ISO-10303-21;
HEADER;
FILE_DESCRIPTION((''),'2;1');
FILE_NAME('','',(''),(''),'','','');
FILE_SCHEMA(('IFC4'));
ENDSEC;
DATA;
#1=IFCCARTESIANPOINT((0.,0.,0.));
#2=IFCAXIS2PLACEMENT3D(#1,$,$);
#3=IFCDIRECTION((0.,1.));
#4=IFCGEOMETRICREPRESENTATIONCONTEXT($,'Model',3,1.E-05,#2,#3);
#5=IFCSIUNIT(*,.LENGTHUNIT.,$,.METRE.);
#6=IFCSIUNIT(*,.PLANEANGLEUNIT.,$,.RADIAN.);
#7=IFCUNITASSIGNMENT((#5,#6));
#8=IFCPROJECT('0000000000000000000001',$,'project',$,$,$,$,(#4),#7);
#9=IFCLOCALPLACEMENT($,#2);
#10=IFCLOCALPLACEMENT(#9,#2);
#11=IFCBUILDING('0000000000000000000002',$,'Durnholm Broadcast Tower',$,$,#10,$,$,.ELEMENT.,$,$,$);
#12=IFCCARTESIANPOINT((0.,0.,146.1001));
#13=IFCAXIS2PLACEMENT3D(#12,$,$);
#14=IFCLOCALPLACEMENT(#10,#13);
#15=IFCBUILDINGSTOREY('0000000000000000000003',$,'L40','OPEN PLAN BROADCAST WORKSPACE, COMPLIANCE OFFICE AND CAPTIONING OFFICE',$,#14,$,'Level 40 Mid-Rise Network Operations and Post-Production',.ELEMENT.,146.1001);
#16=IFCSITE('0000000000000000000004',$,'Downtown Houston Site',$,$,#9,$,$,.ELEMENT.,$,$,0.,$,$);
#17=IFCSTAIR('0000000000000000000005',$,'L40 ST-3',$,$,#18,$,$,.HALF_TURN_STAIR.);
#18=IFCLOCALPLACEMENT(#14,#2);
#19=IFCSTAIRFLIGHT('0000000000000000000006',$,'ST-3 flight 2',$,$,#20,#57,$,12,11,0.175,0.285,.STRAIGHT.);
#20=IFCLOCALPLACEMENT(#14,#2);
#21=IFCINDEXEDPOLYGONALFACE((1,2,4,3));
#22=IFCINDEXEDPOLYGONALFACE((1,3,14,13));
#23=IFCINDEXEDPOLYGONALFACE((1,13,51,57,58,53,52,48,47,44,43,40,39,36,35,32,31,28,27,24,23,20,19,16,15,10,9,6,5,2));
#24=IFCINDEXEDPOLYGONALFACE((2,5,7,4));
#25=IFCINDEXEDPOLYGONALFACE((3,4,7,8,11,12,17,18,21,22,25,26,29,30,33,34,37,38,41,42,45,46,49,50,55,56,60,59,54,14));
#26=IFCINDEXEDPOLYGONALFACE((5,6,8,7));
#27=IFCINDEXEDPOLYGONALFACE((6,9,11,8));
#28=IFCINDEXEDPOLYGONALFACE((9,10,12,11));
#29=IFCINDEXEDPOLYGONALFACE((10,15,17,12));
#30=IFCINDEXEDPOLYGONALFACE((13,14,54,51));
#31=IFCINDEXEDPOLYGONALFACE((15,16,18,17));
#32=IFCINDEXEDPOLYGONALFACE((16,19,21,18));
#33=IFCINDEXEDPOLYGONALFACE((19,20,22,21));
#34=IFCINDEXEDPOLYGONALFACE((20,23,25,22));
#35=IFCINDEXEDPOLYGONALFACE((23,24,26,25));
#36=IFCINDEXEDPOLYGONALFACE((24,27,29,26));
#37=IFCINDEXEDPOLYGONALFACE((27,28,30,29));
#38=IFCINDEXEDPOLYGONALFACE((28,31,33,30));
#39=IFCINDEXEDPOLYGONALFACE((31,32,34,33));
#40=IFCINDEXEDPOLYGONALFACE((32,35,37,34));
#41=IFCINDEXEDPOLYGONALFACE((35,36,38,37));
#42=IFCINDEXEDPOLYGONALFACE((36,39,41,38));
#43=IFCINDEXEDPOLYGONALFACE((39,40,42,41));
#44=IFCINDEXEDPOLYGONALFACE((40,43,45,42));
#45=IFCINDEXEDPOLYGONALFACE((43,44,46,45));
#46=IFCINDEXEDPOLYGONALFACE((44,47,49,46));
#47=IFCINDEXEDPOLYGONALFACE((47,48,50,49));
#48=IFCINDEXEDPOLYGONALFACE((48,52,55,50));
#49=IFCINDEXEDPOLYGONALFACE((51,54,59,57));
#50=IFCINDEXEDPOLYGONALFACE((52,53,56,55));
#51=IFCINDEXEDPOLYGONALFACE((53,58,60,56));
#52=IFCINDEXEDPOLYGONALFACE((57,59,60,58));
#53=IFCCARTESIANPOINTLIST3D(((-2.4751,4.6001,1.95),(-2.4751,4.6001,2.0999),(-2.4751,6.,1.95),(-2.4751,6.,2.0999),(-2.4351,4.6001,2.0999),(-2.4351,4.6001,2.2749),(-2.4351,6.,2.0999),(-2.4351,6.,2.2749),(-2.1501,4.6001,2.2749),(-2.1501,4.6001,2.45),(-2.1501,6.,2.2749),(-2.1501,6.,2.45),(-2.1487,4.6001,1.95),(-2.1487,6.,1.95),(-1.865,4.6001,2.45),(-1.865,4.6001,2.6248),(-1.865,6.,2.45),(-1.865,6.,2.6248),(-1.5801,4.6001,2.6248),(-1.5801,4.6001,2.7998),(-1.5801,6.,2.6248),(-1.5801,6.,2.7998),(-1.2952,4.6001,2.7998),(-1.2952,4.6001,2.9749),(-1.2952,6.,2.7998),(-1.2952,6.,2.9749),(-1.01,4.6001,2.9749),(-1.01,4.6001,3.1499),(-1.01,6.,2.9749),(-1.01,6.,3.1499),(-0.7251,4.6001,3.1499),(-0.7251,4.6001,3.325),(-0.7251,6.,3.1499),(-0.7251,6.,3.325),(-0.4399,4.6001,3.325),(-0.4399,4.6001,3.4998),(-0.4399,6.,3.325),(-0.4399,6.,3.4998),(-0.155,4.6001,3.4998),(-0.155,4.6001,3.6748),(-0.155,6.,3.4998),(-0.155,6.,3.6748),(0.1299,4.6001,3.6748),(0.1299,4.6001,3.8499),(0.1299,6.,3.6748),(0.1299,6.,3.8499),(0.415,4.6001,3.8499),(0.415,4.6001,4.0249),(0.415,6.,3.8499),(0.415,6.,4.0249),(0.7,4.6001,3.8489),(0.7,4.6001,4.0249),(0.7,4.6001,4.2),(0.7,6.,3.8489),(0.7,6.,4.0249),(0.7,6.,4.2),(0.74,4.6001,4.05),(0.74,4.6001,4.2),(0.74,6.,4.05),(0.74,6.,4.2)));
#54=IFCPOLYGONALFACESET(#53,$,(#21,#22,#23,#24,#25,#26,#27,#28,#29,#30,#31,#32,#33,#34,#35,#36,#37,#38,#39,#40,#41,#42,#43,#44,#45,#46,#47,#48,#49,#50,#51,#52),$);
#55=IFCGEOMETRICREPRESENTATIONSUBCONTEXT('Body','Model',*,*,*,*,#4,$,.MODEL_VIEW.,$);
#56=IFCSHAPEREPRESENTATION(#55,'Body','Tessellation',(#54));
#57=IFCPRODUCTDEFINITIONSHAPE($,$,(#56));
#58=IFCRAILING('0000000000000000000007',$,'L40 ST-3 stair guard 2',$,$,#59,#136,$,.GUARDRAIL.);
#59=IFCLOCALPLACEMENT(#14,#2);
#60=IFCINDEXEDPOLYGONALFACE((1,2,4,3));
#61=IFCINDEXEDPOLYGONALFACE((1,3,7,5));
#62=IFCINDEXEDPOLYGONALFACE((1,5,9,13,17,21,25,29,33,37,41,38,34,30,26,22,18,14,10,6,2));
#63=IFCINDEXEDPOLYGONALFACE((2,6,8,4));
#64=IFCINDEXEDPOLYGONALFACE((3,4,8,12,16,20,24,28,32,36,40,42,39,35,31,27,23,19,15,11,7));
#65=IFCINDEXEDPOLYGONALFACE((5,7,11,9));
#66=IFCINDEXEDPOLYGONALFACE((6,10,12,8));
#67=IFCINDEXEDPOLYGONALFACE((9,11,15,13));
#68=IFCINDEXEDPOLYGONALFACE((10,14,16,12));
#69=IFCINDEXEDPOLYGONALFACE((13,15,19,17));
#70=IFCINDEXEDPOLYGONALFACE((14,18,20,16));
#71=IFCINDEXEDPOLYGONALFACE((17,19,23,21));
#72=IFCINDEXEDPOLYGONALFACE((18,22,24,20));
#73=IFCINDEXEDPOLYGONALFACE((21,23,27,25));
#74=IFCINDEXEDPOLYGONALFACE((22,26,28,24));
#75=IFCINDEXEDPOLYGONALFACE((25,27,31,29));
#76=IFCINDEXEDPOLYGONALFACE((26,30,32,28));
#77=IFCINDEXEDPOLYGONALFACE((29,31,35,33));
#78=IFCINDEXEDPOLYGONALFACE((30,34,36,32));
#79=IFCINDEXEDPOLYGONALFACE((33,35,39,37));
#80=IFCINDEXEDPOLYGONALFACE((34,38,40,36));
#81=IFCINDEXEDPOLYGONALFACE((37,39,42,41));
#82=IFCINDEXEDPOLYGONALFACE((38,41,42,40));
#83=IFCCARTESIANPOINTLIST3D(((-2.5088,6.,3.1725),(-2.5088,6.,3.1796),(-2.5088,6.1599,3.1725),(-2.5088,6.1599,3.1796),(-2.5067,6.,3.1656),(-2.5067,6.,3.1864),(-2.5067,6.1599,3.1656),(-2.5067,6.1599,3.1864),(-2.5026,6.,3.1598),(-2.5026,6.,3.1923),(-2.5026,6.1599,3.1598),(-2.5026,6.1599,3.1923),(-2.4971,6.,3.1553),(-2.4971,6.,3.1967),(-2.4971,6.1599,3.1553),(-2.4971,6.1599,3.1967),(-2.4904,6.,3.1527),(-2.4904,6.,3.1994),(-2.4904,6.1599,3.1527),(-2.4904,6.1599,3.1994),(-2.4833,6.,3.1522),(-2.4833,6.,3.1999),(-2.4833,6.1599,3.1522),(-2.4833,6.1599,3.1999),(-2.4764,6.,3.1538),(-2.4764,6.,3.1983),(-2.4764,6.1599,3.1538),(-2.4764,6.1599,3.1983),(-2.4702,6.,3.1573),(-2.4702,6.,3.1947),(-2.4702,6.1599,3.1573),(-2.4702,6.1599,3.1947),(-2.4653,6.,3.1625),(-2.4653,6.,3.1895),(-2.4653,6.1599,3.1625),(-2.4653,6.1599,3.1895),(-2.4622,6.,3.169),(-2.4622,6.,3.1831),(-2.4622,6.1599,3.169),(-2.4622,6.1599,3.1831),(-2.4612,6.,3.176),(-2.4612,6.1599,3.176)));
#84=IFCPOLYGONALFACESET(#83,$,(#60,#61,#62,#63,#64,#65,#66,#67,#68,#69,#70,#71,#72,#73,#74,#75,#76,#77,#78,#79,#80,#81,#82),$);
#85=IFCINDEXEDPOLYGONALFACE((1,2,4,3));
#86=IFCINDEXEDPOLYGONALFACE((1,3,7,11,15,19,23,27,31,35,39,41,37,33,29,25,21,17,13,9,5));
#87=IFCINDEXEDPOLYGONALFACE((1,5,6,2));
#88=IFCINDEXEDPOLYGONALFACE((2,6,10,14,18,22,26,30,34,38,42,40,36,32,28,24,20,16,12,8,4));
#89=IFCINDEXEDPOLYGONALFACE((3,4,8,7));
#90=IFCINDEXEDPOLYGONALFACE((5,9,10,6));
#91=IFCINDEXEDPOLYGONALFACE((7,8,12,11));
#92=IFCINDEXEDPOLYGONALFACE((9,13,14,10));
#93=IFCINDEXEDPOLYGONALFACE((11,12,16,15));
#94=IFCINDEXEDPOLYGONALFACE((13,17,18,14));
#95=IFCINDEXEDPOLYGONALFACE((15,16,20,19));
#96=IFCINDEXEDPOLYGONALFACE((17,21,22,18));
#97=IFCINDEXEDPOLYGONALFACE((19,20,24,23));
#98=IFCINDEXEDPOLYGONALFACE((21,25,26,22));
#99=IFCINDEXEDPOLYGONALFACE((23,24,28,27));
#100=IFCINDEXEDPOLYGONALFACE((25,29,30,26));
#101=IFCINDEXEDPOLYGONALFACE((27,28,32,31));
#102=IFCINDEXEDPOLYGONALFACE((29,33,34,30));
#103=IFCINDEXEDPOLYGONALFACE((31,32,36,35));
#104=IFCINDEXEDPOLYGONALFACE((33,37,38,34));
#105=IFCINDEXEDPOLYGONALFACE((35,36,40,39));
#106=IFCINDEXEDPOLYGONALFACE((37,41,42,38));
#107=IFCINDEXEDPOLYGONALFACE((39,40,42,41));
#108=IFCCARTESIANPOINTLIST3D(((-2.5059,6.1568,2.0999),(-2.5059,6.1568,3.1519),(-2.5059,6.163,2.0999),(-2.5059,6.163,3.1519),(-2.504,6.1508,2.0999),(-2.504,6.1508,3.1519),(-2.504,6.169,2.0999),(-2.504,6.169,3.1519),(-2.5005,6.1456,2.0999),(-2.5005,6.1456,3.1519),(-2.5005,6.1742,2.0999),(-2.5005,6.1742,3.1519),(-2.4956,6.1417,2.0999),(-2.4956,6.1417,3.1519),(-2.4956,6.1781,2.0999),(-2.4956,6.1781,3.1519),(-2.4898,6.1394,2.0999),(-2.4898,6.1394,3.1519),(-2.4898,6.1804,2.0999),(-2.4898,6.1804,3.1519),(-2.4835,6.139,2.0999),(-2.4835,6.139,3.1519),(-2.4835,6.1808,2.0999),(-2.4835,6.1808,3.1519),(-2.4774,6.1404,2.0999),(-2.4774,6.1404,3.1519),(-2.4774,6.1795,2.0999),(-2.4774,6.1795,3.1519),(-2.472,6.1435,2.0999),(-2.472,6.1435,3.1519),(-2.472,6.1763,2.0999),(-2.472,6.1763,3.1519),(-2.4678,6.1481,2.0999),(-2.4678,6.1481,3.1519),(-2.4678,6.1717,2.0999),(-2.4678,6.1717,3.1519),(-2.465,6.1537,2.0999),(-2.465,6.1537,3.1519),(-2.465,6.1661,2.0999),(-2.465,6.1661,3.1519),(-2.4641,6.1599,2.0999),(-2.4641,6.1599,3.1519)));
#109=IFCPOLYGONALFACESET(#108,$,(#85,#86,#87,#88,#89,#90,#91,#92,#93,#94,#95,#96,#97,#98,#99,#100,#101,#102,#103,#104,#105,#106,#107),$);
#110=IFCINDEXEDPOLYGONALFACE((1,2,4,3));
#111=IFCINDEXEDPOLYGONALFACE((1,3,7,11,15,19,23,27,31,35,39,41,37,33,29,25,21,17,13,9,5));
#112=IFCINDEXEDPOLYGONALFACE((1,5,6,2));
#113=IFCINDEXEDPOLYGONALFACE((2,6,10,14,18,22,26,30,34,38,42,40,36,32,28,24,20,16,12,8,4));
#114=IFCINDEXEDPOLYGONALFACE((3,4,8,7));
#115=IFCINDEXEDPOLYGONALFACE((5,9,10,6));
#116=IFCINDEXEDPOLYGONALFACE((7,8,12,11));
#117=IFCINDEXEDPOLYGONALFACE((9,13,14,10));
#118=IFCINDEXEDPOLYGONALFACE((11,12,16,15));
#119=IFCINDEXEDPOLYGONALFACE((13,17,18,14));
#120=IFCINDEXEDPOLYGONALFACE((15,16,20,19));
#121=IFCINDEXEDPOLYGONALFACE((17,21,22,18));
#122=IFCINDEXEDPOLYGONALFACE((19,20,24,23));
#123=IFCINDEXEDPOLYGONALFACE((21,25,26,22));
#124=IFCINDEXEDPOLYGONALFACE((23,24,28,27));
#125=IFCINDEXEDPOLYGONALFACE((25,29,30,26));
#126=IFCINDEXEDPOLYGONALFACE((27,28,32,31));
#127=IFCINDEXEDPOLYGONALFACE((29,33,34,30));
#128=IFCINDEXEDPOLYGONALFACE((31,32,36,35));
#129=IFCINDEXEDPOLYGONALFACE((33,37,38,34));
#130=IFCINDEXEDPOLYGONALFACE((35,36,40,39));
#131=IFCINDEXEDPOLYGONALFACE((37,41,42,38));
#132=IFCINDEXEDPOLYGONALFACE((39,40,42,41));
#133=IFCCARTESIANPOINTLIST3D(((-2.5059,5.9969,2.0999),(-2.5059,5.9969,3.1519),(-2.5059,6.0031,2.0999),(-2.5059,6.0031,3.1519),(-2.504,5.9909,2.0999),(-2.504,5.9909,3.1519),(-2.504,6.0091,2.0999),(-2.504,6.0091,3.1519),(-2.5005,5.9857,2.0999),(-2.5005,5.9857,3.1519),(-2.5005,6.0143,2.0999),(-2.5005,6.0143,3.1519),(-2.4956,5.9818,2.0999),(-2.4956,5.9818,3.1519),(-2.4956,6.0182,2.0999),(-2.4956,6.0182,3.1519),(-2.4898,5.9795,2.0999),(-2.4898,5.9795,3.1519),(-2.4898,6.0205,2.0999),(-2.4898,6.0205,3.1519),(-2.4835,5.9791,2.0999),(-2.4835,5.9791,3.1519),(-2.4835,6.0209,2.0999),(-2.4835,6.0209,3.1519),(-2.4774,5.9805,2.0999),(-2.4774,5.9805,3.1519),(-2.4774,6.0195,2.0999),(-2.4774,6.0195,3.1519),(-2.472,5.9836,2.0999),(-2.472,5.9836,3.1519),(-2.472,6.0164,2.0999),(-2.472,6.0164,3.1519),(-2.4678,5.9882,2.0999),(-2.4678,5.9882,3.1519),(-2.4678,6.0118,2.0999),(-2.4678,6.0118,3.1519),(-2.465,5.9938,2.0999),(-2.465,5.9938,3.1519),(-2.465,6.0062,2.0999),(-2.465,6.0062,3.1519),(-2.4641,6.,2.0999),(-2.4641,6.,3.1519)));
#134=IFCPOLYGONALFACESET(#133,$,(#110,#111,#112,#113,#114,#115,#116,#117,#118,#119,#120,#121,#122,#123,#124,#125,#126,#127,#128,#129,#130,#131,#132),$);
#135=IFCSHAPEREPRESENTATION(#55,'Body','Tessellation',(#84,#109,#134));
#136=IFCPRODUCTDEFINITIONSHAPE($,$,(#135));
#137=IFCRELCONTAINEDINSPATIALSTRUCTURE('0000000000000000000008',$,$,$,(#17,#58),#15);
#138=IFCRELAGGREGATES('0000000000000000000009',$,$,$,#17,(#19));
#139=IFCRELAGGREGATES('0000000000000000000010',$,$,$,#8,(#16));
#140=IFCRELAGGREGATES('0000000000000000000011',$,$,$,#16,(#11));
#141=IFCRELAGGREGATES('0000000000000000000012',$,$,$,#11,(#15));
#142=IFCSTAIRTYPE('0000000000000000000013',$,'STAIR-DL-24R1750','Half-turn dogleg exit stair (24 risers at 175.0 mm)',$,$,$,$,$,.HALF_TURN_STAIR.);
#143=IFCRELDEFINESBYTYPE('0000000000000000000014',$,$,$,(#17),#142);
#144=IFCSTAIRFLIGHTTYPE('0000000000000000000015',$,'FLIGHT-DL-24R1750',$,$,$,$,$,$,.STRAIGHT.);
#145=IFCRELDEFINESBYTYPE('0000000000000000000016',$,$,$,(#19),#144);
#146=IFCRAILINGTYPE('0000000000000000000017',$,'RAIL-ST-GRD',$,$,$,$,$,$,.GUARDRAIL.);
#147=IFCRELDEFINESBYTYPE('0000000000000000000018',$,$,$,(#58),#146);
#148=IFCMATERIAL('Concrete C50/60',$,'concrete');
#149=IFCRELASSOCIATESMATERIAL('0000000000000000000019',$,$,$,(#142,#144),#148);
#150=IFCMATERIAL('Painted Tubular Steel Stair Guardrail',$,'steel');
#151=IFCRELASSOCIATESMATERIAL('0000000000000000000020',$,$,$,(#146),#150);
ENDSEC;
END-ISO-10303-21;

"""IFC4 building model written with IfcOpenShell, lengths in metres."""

from ifc_helpers import new_model, si_unit, direction, frame, origin, origin_2d, place, context, subcontext, project, spatial, polyline, circle, outline, extrude, material, type_object, element, aggregate, save


model = new_model("IFC4")

# Units and contexts
model_context = context("Model", 3, precision=1e-05, world=origin(), true_north=direction((0.0, 1.0)))
body_context = subcontext(model_context, "Body", "Model", "MODEL_VIEW")
ifc_project = project(units=[si_unit("LENGTHUNIT", "METRE"), si_unit("PLANEANGLEUNIT", "RADIAN")], contexts=[model_context])

# Site, building, storey
site_placement = place(None, origin())
site = spatial("IfcSite", under=ifc_project, at=site_placement, Name="Downtown Houston Site", CompositionType="ELEMENT", RefElevation=0.0)
building_placement = place(site_placement, origin())
building = spatial("IfcBuilding", under=site, at=building_placement, Name="Durnholm Broadcast Tower", CompositionType="ELEMENT")
storey_placement = place(building_placement, frame((0.0, 0.0, 146.1001)))
storey = spatial("IfcBuildingStorey", under=building, at=storey_placement, Name="L40", Description="OPEN PLAN BROADCAST WORKSPACE, COMPLIANCE OFFICE AND CAPTIONING OFFICE", LongName="Level 40 Mid-Rise Network Operations and Post-Production", CompositionType="ELEMENT", Elevation=146.1001)

# Shared definitions
ifc_material_1 = material(Name="Concrete C50/60", Category="concrete")

# Stair, stair flight
stair_type = type_object("IfcStairType", Name="STAIR-DL-24R1750", Description="Half-turn dogleg exit stair (24 risers at 175.0 mm)", PredefinedType="HALF_TURN_STAIR", material=ifc_material_1)
stair_placement = place(storey_placement, origin())
stair = element("IfcStair", 1, at=stair_placement, inside=storey, type_object=stair_type, Name="L40 ST-3", PredefinedType="HALF_TURN_STAIR")
stair_flight_type = type_object("IfcStairFlightType", Name="FLIGHT-DL-24R1750", PredefinedType="STRAIGHT", material=ifc_material_1)
stair_flight_placement = place(storey_placement, frame((-2.4351, 5.3, 2.0999), z_axis=(0.0, 0.0, 1.0), x_axis=(1.0, 0.0, 0.0)))
stair_flight = element("IfcStairFlight", 2, at=stair_flight_placement, type_object=stair_flight_type, Name="ST-3 flight 2", NumberOfRisers=12, NumberOfTreads=11, PredefinedType="STRAIGHT", RiserHeight=0.175, TreadLength=0.285, context=body_context, shape_type="SweptSolid", body=[
    extrude(outline(polyline([(-0.04, -0.1499), (-0.04, 0.0), (0.0, 0.0), (0.0, 0.175), (0.2849, 0.175), (0.2849, 0.3501), (0.5701, 0.3501), (0.5701, 0.5249), (0.855, 0.5249), (0.855, 0.7), (1.1399, 0.7), (1.1399, 0.875), (1.425, 0.875), (1.425, 1.05), (1.71, 1.05), (1.71, 1.2251), (1.9951, 1.2251), (1.9951, 1.3999), (2.28, 1.3999), (2.28, 1.575), (2.5649, 1.575), (2.5649, 1.75), (2.8501, 1.75), (2.8501, 1.925), (3.135, 1.925), (3.135, 2.1001), (3.175, 2.1001), (3.175, 1.9502), (3.135, 1.749), (0.2864, -0.1499), (-0.04, -0.1499)])), frame((0.0, 0.7, 0.0), z_axis=(0.0, -1.0, 0.0), x_axis=(1.0, 0.0, 0.0)), (0.0, 0.0, 1.0), 1.3999),
])
aggregate(stair, [stair_flight])

# Railing
ifc_material_2 = material(Name="Painted Tubular Steel Stair Guardrail", Category="steel")
railing_type_1 = type_object("IfcRailingType", Name="RAIL-ST-GRD", PredefinedType="GUARDRAIL", material=ifc_material_2)
railing_1_placement = place(storey_placement, frame((-2.4851, 6.1599, 2.0999)))
element("IfcRailing", 3, at=railing_1_placement, inside=storey, type_object=railing_type_1, Name="L40 ST-3 stair guard 2", PredefinedType="GUARDRAIL", context=body_context, shape_type="SweptSolid", body=[
    extrude(circle(Radius=0.0239, at=origin_2d()), frame((0.0, 0.0, 1.0762), z_axis=(0.0, -1.0, 0.0), x_axis=(1.0, 0.0, 0.0)), (0.0, 0.0, 1.0), 0.1599),
    extrude(circle(Radius=0.021, at=origin_2d()), origin(), (0.0, 0.0, 1.0), 1.052),
    extrude(circle(Radius=0.021, at=origin_2d()), frame((0.0, -0.1599, 0.0)), (0.0, 0.0, 1.0), 1.052),
])

save(model, "model.ifc")
